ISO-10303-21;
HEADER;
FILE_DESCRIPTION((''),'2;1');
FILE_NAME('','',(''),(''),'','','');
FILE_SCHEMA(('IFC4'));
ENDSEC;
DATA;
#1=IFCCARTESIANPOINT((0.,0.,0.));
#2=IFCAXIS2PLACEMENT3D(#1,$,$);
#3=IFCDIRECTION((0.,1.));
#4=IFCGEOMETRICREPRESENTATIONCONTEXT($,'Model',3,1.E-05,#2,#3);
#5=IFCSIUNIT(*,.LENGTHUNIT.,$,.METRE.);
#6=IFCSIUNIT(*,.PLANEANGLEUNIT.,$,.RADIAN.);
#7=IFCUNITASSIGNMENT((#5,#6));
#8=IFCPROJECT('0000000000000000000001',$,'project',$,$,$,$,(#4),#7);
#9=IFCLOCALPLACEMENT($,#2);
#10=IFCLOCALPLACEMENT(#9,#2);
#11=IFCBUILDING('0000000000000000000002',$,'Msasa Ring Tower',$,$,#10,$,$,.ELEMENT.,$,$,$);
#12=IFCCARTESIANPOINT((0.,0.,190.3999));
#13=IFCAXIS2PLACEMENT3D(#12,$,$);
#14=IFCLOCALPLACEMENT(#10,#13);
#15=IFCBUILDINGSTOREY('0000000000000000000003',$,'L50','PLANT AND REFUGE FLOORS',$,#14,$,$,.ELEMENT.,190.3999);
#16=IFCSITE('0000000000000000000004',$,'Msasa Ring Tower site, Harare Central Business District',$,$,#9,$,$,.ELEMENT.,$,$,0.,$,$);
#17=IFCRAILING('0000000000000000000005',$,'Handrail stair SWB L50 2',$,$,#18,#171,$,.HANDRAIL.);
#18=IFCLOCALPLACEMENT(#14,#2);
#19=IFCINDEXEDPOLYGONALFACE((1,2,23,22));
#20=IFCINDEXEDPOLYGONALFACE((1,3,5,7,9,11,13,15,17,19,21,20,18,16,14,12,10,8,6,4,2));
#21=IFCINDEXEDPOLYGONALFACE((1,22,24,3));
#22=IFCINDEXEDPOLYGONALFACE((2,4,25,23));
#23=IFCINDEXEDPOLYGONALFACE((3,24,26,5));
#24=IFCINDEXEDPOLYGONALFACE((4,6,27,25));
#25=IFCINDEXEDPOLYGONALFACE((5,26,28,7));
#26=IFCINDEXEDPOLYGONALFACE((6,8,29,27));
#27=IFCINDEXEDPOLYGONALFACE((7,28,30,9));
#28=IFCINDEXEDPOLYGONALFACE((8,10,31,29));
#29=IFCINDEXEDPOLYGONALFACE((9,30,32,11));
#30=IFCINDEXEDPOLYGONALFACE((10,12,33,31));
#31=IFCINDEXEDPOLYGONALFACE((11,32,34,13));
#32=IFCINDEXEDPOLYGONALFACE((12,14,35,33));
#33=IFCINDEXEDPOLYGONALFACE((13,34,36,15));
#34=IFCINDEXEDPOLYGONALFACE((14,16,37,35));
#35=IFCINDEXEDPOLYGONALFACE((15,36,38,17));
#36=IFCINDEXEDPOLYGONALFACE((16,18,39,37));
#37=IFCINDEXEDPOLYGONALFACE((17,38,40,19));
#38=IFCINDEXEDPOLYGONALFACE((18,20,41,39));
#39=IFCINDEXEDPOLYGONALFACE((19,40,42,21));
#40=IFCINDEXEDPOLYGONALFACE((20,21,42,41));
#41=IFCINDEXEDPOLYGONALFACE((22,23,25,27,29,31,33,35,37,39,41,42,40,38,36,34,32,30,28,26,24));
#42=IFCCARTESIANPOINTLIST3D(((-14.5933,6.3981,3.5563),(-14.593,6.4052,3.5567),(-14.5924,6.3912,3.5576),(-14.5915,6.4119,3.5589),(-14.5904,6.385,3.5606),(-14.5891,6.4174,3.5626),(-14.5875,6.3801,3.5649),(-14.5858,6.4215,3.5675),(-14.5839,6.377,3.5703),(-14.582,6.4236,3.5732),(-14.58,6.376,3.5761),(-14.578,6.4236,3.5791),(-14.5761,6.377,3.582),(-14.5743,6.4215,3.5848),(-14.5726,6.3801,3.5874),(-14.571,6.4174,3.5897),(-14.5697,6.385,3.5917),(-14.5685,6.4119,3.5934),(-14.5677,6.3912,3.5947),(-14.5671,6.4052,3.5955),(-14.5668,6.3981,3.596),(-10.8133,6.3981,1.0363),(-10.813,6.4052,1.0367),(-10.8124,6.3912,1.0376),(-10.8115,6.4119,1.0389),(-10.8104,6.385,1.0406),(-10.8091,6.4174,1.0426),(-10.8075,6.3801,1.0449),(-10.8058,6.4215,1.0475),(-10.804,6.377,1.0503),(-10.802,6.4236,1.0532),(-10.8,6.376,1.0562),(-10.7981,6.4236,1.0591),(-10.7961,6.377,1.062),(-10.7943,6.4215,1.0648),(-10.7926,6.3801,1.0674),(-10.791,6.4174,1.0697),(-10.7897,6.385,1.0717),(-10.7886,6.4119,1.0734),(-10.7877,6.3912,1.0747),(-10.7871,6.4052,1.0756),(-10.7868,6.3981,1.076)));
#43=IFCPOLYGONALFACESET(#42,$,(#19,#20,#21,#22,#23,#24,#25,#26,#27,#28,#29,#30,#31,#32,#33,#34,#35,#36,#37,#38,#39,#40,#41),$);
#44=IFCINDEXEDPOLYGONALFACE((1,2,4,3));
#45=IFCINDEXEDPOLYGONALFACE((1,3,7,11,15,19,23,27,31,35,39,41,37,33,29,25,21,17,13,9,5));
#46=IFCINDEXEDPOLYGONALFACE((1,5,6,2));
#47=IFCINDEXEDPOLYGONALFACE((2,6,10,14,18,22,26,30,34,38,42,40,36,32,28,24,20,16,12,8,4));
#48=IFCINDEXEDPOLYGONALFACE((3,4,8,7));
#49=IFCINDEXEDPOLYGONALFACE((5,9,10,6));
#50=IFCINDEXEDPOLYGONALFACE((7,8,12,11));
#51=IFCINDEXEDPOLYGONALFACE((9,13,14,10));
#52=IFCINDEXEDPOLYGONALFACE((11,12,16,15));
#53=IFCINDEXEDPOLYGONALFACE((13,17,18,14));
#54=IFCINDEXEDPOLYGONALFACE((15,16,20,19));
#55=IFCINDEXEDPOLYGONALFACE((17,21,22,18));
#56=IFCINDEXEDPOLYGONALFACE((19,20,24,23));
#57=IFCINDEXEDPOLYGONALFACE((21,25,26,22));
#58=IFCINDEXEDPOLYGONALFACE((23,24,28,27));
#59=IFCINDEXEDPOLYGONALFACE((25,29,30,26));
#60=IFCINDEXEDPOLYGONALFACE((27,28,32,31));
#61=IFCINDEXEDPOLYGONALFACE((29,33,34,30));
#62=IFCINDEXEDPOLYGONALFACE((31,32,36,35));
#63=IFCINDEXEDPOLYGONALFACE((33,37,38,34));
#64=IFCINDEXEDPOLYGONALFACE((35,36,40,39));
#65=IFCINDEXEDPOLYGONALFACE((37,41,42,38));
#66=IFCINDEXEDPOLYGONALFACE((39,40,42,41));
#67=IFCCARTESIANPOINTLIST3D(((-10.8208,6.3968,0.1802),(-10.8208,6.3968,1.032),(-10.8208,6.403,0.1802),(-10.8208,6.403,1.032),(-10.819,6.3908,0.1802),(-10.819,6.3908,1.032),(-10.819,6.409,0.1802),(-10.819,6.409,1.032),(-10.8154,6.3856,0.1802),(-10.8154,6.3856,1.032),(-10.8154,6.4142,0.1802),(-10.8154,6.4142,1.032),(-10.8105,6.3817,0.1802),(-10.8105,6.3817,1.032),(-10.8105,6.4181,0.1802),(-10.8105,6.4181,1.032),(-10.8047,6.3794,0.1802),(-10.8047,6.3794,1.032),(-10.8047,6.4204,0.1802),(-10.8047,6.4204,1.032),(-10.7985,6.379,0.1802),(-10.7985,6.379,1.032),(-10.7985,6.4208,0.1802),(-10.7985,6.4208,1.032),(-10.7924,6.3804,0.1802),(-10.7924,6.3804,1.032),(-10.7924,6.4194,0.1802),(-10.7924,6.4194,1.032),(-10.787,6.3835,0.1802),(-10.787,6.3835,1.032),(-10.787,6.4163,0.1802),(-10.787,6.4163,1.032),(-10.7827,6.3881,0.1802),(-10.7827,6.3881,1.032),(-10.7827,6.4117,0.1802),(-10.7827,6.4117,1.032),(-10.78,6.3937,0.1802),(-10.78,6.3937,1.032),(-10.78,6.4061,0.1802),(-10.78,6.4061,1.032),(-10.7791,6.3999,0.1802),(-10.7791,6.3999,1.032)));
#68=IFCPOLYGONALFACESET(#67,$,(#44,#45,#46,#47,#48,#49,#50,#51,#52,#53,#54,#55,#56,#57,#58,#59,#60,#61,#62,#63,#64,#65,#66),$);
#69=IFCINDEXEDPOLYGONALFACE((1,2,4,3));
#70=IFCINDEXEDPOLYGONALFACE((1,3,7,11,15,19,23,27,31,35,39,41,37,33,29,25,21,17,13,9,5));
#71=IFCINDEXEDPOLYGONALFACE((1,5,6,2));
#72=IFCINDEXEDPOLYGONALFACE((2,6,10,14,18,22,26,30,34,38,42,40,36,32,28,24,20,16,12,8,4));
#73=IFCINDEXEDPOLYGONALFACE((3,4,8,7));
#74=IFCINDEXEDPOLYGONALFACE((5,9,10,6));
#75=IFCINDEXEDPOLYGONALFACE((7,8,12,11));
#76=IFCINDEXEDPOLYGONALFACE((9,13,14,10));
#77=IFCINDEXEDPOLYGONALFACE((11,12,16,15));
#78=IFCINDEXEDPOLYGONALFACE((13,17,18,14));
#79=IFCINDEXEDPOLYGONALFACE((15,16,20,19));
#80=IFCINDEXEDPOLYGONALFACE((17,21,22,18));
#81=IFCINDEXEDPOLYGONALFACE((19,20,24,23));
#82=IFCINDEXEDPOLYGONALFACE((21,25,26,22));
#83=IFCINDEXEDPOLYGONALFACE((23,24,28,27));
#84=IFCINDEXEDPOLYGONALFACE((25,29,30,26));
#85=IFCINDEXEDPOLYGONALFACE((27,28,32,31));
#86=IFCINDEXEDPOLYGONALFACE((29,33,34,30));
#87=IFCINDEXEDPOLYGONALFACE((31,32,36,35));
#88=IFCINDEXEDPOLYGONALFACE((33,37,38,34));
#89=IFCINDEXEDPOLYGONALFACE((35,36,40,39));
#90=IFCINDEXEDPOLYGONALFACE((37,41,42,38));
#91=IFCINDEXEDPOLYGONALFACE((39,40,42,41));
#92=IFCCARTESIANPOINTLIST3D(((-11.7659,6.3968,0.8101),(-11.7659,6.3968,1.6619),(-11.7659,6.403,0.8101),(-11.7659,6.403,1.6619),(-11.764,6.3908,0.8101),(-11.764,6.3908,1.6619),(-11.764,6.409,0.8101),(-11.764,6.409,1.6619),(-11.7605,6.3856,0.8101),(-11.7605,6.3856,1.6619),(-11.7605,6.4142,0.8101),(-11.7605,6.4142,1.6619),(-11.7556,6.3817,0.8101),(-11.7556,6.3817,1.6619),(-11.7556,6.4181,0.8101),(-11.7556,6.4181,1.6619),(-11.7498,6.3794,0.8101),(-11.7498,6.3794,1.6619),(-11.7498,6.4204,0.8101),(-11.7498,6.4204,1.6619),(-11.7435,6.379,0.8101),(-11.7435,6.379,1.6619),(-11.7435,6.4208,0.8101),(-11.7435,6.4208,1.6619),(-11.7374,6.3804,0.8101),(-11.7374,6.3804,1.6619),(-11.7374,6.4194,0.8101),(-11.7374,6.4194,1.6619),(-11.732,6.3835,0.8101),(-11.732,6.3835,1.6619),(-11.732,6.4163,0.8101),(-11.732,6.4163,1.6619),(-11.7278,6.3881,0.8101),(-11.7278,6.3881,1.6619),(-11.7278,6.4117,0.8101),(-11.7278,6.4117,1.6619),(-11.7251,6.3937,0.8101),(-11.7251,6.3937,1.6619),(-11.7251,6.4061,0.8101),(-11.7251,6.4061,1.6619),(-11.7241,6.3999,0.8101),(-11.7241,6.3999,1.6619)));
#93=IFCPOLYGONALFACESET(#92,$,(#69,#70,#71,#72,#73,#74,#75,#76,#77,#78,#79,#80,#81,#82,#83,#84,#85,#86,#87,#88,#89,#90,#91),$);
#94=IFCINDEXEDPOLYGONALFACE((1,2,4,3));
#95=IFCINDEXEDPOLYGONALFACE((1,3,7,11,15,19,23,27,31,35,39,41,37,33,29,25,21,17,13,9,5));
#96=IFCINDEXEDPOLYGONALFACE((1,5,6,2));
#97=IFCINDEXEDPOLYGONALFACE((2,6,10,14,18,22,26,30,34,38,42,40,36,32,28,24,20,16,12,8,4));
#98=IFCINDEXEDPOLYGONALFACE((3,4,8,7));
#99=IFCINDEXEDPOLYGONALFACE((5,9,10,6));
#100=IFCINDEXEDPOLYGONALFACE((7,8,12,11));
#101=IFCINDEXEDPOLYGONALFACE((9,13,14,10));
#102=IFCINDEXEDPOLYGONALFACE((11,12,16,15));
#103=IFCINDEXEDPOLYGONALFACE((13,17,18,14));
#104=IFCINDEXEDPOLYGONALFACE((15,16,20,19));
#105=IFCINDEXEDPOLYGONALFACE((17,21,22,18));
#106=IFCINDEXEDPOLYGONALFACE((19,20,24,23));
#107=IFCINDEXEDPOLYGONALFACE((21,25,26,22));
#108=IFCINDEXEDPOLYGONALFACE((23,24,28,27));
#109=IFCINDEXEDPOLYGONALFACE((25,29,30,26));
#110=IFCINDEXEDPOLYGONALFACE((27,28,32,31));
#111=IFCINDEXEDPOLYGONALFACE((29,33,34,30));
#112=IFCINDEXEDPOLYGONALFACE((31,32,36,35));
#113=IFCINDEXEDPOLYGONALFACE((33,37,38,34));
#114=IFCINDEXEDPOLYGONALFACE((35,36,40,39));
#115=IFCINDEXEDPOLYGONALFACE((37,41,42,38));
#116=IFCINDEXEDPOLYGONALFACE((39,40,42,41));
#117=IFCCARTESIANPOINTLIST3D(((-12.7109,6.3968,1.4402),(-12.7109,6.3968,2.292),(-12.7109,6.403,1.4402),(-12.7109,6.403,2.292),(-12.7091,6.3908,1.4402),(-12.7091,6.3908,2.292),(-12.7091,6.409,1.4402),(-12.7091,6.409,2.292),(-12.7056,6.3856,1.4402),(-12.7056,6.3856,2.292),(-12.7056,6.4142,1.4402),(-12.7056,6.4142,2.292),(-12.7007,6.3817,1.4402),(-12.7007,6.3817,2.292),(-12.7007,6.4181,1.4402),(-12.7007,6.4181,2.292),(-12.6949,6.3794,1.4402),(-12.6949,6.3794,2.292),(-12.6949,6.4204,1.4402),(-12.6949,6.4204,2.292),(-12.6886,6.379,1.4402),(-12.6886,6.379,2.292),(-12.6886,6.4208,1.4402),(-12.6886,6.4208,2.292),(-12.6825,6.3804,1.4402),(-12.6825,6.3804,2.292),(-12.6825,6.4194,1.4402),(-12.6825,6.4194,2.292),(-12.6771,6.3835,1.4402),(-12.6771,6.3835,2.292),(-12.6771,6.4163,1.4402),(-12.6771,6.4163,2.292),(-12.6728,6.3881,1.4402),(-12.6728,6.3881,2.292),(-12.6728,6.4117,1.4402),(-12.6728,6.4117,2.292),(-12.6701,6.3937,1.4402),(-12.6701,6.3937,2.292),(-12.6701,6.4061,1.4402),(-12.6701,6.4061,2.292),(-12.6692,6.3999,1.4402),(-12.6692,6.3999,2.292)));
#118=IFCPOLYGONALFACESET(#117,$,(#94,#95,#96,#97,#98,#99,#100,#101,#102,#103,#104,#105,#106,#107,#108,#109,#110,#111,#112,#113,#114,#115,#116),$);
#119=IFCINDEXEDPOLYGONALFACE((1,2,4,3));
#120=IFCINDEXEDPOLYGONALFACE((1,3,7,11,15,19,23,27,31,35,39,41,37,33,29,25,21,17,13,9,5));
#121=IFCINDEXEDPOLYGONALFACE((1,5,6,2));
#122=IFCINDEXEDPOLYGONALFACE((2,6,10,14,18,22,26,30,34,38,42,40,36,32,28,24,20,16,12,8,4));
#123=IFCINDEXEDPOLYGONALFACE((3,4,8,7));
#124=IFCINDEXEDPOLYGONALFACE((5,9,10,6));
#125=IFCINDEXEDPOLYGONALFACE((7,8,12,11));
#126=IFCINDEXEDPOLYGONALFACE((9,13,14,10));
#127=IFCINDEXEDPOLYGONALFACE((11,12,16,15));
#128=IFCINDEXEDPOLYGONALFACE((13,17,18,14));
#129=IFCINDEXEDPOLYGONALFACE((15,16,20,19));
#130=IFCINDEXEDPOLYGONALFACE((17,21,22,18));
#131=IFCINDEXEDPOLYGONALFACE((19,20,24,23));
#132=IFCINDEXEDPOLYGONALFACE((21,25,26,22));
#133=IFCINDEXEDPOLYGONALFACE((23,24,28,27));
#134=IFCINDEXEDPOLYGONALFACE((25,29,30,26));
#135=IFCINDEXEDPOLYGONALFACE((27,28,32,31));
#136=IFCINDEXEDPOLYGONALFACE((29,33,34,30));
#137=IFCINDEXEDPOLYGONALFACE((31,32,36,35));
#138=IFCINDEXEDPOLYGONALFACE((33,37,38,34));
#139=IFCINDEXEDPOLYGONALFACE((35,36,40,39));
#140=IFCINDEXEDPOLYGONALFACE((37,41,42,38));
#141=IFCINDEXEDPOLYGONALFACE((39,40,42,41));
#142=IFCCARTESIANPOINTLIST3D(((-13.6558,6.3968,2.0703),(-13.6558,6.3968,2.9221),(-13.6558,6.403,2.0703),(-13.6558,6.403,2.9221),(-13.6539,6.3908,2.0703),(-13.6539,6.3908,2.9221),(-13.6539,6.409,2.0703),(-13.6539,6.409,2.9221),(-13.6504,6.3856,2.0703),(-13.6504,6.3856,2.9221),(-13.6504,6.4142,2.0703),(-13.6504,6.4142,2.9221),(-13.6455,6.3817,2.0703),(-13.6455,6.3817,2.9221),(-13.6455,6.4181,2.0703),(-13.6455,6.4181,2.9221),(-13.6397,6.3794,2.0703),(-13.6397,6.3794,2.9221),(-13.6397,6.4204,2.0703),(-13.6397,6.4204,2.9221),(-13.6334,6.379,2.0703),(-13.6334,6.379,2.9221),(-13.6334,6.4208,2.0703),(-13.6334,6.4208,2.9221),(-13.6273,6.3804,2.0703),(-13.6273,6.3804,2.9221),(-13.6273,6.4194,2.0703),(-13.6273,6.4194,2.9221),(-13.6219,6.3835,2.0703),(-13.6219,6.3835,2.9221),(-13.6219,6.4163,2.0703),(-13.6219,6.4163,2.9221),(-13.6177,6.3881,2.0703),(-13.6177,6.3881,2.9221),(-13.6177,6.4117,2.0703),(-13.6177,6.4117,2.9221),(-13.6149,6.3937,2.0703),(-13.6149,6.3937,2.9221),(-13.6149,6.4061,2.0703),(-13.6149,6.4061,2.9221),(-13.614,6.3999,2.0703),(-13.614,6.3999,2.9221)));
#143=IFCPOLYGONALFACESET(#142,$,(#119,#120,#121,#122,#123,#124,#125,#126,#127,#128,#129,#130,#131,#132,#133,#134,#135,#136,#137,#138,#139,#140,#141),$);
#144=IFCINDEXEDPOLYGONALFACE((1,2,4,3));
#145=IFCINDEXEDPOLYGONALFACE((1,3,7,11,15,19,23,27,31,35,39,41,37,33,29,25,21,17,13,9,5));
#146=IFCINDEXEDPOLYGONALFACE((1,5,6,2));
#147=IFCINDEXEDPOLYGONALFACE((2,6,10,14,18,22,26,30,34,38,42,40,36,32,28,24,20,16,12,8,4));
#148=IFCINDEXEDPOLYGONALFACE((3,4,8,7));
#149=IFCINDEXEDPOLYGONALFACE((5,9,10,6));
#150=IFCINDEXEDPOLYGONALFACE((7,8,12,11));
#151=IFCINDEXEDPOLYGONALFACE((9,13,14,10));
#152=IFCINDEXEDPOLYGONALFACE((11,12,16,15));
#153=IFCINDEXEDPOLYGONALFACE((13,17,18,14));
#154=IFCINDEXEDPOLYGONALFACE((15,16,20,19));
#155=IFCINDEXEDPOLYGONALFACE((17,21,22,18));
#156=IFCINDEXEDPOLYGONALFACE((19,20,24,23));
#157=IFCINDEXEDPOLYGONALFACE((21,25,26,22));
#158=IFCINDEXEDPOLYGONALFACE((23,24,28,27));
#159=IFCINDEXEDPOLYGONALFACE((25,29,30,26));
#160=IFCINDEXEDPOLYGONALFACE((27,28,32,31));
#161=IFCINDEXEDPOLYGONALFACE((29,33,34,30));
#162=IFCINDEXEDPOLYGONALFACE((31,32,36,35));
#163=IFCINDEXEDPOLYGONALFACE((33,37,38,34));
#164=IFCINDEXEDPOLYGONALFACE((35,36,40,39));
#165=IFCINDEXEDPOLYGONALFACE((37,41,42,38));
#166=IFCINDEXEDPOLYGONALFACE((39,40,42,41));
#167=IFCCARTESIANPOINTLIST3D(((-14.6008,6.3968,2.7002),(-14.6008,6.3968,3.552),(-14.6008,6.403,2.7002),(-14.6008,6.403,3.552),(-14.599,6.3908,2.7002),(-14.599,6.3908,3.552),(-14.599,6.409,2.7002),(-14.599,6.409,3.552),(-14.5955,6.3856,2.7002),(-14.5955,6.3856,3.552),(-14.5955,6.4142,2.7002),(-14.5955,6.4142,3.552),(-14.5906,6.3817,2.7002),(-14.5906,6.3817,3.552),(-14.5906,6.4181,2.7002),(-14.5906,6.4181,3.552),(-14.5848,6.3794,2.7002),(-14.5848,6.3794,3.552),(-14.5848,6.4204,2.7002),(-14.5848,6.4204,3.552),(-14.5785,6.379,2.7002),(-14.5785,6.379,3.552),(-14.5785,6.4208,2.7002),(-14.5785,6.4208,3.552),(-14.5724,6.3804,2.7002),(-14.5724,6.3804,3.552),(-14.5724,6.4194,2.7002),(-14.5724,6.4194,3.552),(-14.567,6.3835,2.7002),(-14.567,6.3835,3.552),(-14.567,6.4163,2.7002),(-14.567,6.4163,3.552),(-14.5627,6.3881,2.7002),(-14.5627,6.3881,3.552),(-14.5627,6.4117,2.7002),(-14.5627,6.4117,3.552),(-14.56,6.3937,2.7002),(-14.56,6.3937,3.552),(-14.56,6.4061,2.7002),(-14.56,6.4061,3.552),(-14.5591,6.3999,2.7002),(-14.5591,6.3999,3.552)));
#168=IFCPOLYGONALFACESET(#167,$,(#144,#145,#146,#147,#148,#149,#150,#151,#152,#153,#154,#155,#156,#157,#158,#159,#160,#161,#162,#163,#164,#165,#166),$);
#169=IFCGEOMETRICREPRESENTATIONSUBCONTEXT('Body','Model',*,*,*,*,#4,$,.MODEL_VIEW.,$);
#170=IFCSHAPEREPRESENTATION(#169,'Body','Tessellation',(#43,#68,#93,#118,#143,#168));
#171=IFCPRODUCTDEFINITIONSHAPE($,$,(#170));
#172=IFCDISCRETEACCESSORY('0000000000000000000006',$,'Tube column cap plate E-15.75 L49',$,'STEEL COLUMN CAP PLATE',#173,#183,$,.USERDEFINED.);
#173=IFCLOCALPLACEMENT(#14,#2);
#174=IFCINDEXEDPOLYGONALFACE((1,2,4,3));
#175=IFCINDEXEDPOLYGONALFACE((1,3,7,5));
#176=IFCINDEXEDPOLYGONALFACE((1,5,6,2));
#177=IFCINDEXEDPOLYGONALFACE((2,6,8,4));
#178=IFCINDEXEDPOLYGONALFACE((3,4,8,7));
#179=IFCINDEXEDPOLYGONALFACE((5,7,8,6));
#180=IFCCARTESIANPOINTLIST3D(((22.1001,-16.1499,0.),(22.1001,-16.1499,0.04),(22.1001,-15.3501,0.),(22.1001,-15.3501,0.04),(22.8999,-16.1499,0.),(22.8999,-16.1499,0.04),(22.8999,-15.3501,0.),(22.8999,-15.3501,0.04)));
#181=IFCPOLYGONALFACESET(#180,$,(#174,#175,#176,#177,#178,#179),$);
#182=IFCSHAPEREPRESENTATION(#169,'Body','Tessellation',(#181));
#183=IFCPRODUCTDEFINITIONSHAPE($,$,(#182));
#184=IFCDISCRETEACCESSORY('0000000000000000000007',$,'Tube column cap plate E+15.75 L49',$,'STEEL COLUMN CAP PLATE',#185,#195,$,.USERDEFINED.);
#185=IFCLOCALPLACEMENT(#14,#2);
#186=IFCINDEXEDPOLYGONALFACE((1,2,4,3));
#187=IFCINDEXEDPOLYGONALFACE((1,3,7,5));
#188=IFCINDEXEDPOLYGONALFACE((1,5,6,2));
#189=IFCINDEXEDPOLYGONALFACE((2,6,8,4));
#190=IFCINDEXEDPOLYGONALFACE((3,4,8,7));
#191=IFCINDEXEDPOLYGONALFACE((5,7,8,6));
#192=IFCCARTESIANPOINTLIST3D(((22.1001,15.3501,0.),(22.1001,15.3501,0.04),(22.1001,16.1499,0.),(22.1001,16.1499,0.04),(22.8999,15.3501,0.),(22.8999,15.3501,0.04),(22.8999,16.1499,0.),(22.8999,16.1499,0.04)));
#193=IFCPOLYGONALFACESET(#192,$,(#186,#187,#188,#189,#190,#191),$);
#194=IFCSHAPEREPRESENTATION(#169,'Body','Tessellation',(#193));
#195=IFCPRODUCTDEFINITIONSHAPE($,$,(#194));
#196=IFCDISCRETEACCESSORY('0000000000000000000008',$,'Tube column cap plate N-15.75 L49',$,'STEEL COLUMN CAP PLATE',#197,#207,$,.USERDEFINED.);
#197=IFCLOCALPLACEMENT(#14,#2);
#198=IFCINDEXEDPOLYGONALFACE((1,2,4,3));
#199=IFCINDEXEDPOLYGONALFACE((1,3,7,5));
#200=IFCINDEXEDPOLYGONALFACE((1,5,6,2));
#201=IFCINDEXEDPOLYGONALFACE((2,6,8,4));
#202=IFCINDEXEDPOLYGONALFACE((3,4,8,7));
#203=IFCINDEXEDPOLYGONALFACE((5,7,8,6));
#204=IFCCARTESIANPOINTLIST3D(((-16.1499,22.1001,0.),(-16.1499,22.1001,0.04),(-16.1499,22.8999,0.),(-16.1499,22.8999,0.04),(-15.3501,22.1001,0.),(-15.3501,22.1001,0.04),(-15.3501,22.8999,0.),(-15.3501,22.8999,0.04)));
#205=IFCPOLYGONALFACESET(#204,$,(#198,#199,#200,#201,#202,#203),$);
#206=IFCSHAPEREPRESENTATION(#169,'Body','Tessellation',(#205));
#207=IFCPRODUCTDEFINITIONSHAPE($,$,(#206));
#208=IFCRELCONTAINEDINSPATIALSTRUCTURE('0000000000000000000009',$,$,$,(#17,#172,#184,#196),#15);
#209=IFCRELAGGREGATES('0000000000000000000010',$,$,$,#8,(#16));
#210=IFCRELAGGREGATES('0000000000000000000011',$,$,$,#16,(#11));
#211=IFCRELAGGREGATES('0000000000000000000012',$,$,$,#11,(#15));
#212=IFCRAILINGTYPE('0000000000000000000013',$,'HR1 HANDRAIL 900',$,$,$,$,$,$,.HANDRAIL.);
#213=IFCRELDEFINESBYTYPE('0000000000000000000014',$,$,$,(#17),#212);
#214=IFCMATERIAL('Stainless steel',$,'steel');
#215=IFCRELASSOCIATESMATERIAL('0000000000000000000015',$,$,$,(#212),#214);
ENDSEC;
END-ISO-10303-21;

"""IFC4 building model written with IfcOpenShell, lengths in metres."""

from ifc_helpers import new_model, si_unit, direction, frame, origin, origin_2d, place, context, subcontext, project, spatial, polyline, circle, outline, extrude, material, type_object, element, save


model = new_model("IFC4")

# Units and contexts
model_context = context("Model", 3, precision=1e-05, world=origin(), true_north=direction((0.0, 1.0)))
body_context = subcontext(model_context, "Body", "Model", "MODEL_VIEW")
ifc_project = project(units=[si_unit("LENGTHUNIT", "METRE"), si_unit("PLANEANGLEUNIT", "RADIAN")], contexts=[model_context])

# Site, building, storey
site_placement = place(None, origin())
site = spatial("IfcSite", under=ifc_project, at=site_placement, Name="Msasa Ring Tower site, Harare Central Business District", CompositionType="ELEMENT", RefElevation=0.0)
building_placement = place(site_placement, origin())
building = spatial("IfcBuilding", under=site, at=building_placement, Name="Msasa Ring Tower", CompositionType="ELEMENT")
storey_placement = place(building_placement, frame((0.0, 0.0, 190.3999)))
storey = spatial("IfcBuildingStorey", under=building, at=storey_placement, Name="L50", Description="PLANT AND REFUGE FLOORS", CompositionType="ELEMENT", Elevation=190.3999)

# Railing
ifc_material_1 = material(Name="Stainless steel", Category="steel")
railing_type_1 = type_object("IfcRailingType", Name="HR1 HANDRAIL 900", PredefinedType="HANDRAIL", material=ifc_material_1)
for number, where, name in (
    (1, (-10.8, 6.3999, 0.1802), "Handrail stair SWB L50 2"),
):
    element("IfcRailing", number, at=place(storey_placement, frame(where)), inside=storey, type_object=railing_type_1, Name=name, PredefinedType="HANDRAIL", context=body_context, shape_type="SweptSolid", body=[
        extrude(circle(Radius=0.0239, at=origin_2d()), frame((0.0, 0.0, 0.876), z_axis=(-0.83205, 0.0, 0.5547), x_axis=(0.0, -1.0, 0.0)), (0.0, 0.0, 1.0), 4.543),
        extrude(circle(Radius=0.021, at=origin_2d()), origin(), (0.0, 0.0, 1.0), 0.8518),
        extrude(circle(Radius=0.021, at=origin_2d()), frame((-0.9451, 0.0, 0.6299)), (0.0, 0.0, 1.0), 0.8518),
        extrude(circle(Radius=0.021, at=origin_2d()), frame((-1.8901, 0.0, 1.26)), (0.0, 0.0, 1.0), 0.8518),
        extrude(circle(Radius=0.021, at=origin_2d()), frame((-2.835, 0.0, 1.8901)), (0.0, 0.0, 1.0), 0.8518),
        extrude(circle(Radius=0.021, at=origin_2d()), frame((-3.78, 0.0, 2.52)), (0.0, 0.0, 1.0), 0.8518),
    ])

# Discrete accessories
discrete_accessory_1_placement = place(storey_placement, origin())
element("IfcDiscreteAccessory", 2, at=discrete_accessory_1_placement, inside=storey, Name="Tube column cap plate E-15.75 L49", ObjectType="STEEL COLUMN CAP PLATE", PredefinedType="USERDEFINED", context=body_context, shape_type="SweptSolid", body=[
    extrude(outline(polyline([(22.1001, -16.1499), (22.8999, -16.1499), (22.8999, -15.3501), (22.1001, -15.3501), (22.1001, -16.1499)])), origin(), (0.0, 0.0, 1.0), 0.04),
])
discrete_accessory_2_placement = place(storey_placement, origin())
element("IfcDiscreteAccessory", 3, at=discrete_accessory_2_placement, inside=storey, Name="Tube column cap plate E+15.75 L49", ObjectType="STEEL COLUMN CAP PLATE", PredefinedType="USERDEFINED", context=body_context, shape_type="SweptSolid", body=[
    extrude(outline(polyline([(22.1001, 15.3501), (22.8999, 15.3501), (22.8999, 16.1499), (22.1001, 16.1499), (22.1001, 15.3501)])), origin(), (0.0, 0.0, 1.0), 0.04),
])
discrete_accessory_3_placement = place(storey_placement, origin())
element("IfcDiscreteAccessory", 4, at=discrete_accessory_3_placement, inside=storey, Name="Tube column cap plate N-15.75 L49", ObjectType="STEEL COLUMN CAP PLATE", PredefinedType="USERDEFINED", context=body_context, shape_type="SweptSolid", body=[
    extrude(outline(polyline([(-16.1499, 22.1001), (-15.3501, 22.1001), (-15.3501, 22.8999), (-16.1499, 22.8999), (-16.1499, 22.1001)])), origin(), (0.0, 0.0, 1.0), 0.04),
])

save(model, "model.ifc")
